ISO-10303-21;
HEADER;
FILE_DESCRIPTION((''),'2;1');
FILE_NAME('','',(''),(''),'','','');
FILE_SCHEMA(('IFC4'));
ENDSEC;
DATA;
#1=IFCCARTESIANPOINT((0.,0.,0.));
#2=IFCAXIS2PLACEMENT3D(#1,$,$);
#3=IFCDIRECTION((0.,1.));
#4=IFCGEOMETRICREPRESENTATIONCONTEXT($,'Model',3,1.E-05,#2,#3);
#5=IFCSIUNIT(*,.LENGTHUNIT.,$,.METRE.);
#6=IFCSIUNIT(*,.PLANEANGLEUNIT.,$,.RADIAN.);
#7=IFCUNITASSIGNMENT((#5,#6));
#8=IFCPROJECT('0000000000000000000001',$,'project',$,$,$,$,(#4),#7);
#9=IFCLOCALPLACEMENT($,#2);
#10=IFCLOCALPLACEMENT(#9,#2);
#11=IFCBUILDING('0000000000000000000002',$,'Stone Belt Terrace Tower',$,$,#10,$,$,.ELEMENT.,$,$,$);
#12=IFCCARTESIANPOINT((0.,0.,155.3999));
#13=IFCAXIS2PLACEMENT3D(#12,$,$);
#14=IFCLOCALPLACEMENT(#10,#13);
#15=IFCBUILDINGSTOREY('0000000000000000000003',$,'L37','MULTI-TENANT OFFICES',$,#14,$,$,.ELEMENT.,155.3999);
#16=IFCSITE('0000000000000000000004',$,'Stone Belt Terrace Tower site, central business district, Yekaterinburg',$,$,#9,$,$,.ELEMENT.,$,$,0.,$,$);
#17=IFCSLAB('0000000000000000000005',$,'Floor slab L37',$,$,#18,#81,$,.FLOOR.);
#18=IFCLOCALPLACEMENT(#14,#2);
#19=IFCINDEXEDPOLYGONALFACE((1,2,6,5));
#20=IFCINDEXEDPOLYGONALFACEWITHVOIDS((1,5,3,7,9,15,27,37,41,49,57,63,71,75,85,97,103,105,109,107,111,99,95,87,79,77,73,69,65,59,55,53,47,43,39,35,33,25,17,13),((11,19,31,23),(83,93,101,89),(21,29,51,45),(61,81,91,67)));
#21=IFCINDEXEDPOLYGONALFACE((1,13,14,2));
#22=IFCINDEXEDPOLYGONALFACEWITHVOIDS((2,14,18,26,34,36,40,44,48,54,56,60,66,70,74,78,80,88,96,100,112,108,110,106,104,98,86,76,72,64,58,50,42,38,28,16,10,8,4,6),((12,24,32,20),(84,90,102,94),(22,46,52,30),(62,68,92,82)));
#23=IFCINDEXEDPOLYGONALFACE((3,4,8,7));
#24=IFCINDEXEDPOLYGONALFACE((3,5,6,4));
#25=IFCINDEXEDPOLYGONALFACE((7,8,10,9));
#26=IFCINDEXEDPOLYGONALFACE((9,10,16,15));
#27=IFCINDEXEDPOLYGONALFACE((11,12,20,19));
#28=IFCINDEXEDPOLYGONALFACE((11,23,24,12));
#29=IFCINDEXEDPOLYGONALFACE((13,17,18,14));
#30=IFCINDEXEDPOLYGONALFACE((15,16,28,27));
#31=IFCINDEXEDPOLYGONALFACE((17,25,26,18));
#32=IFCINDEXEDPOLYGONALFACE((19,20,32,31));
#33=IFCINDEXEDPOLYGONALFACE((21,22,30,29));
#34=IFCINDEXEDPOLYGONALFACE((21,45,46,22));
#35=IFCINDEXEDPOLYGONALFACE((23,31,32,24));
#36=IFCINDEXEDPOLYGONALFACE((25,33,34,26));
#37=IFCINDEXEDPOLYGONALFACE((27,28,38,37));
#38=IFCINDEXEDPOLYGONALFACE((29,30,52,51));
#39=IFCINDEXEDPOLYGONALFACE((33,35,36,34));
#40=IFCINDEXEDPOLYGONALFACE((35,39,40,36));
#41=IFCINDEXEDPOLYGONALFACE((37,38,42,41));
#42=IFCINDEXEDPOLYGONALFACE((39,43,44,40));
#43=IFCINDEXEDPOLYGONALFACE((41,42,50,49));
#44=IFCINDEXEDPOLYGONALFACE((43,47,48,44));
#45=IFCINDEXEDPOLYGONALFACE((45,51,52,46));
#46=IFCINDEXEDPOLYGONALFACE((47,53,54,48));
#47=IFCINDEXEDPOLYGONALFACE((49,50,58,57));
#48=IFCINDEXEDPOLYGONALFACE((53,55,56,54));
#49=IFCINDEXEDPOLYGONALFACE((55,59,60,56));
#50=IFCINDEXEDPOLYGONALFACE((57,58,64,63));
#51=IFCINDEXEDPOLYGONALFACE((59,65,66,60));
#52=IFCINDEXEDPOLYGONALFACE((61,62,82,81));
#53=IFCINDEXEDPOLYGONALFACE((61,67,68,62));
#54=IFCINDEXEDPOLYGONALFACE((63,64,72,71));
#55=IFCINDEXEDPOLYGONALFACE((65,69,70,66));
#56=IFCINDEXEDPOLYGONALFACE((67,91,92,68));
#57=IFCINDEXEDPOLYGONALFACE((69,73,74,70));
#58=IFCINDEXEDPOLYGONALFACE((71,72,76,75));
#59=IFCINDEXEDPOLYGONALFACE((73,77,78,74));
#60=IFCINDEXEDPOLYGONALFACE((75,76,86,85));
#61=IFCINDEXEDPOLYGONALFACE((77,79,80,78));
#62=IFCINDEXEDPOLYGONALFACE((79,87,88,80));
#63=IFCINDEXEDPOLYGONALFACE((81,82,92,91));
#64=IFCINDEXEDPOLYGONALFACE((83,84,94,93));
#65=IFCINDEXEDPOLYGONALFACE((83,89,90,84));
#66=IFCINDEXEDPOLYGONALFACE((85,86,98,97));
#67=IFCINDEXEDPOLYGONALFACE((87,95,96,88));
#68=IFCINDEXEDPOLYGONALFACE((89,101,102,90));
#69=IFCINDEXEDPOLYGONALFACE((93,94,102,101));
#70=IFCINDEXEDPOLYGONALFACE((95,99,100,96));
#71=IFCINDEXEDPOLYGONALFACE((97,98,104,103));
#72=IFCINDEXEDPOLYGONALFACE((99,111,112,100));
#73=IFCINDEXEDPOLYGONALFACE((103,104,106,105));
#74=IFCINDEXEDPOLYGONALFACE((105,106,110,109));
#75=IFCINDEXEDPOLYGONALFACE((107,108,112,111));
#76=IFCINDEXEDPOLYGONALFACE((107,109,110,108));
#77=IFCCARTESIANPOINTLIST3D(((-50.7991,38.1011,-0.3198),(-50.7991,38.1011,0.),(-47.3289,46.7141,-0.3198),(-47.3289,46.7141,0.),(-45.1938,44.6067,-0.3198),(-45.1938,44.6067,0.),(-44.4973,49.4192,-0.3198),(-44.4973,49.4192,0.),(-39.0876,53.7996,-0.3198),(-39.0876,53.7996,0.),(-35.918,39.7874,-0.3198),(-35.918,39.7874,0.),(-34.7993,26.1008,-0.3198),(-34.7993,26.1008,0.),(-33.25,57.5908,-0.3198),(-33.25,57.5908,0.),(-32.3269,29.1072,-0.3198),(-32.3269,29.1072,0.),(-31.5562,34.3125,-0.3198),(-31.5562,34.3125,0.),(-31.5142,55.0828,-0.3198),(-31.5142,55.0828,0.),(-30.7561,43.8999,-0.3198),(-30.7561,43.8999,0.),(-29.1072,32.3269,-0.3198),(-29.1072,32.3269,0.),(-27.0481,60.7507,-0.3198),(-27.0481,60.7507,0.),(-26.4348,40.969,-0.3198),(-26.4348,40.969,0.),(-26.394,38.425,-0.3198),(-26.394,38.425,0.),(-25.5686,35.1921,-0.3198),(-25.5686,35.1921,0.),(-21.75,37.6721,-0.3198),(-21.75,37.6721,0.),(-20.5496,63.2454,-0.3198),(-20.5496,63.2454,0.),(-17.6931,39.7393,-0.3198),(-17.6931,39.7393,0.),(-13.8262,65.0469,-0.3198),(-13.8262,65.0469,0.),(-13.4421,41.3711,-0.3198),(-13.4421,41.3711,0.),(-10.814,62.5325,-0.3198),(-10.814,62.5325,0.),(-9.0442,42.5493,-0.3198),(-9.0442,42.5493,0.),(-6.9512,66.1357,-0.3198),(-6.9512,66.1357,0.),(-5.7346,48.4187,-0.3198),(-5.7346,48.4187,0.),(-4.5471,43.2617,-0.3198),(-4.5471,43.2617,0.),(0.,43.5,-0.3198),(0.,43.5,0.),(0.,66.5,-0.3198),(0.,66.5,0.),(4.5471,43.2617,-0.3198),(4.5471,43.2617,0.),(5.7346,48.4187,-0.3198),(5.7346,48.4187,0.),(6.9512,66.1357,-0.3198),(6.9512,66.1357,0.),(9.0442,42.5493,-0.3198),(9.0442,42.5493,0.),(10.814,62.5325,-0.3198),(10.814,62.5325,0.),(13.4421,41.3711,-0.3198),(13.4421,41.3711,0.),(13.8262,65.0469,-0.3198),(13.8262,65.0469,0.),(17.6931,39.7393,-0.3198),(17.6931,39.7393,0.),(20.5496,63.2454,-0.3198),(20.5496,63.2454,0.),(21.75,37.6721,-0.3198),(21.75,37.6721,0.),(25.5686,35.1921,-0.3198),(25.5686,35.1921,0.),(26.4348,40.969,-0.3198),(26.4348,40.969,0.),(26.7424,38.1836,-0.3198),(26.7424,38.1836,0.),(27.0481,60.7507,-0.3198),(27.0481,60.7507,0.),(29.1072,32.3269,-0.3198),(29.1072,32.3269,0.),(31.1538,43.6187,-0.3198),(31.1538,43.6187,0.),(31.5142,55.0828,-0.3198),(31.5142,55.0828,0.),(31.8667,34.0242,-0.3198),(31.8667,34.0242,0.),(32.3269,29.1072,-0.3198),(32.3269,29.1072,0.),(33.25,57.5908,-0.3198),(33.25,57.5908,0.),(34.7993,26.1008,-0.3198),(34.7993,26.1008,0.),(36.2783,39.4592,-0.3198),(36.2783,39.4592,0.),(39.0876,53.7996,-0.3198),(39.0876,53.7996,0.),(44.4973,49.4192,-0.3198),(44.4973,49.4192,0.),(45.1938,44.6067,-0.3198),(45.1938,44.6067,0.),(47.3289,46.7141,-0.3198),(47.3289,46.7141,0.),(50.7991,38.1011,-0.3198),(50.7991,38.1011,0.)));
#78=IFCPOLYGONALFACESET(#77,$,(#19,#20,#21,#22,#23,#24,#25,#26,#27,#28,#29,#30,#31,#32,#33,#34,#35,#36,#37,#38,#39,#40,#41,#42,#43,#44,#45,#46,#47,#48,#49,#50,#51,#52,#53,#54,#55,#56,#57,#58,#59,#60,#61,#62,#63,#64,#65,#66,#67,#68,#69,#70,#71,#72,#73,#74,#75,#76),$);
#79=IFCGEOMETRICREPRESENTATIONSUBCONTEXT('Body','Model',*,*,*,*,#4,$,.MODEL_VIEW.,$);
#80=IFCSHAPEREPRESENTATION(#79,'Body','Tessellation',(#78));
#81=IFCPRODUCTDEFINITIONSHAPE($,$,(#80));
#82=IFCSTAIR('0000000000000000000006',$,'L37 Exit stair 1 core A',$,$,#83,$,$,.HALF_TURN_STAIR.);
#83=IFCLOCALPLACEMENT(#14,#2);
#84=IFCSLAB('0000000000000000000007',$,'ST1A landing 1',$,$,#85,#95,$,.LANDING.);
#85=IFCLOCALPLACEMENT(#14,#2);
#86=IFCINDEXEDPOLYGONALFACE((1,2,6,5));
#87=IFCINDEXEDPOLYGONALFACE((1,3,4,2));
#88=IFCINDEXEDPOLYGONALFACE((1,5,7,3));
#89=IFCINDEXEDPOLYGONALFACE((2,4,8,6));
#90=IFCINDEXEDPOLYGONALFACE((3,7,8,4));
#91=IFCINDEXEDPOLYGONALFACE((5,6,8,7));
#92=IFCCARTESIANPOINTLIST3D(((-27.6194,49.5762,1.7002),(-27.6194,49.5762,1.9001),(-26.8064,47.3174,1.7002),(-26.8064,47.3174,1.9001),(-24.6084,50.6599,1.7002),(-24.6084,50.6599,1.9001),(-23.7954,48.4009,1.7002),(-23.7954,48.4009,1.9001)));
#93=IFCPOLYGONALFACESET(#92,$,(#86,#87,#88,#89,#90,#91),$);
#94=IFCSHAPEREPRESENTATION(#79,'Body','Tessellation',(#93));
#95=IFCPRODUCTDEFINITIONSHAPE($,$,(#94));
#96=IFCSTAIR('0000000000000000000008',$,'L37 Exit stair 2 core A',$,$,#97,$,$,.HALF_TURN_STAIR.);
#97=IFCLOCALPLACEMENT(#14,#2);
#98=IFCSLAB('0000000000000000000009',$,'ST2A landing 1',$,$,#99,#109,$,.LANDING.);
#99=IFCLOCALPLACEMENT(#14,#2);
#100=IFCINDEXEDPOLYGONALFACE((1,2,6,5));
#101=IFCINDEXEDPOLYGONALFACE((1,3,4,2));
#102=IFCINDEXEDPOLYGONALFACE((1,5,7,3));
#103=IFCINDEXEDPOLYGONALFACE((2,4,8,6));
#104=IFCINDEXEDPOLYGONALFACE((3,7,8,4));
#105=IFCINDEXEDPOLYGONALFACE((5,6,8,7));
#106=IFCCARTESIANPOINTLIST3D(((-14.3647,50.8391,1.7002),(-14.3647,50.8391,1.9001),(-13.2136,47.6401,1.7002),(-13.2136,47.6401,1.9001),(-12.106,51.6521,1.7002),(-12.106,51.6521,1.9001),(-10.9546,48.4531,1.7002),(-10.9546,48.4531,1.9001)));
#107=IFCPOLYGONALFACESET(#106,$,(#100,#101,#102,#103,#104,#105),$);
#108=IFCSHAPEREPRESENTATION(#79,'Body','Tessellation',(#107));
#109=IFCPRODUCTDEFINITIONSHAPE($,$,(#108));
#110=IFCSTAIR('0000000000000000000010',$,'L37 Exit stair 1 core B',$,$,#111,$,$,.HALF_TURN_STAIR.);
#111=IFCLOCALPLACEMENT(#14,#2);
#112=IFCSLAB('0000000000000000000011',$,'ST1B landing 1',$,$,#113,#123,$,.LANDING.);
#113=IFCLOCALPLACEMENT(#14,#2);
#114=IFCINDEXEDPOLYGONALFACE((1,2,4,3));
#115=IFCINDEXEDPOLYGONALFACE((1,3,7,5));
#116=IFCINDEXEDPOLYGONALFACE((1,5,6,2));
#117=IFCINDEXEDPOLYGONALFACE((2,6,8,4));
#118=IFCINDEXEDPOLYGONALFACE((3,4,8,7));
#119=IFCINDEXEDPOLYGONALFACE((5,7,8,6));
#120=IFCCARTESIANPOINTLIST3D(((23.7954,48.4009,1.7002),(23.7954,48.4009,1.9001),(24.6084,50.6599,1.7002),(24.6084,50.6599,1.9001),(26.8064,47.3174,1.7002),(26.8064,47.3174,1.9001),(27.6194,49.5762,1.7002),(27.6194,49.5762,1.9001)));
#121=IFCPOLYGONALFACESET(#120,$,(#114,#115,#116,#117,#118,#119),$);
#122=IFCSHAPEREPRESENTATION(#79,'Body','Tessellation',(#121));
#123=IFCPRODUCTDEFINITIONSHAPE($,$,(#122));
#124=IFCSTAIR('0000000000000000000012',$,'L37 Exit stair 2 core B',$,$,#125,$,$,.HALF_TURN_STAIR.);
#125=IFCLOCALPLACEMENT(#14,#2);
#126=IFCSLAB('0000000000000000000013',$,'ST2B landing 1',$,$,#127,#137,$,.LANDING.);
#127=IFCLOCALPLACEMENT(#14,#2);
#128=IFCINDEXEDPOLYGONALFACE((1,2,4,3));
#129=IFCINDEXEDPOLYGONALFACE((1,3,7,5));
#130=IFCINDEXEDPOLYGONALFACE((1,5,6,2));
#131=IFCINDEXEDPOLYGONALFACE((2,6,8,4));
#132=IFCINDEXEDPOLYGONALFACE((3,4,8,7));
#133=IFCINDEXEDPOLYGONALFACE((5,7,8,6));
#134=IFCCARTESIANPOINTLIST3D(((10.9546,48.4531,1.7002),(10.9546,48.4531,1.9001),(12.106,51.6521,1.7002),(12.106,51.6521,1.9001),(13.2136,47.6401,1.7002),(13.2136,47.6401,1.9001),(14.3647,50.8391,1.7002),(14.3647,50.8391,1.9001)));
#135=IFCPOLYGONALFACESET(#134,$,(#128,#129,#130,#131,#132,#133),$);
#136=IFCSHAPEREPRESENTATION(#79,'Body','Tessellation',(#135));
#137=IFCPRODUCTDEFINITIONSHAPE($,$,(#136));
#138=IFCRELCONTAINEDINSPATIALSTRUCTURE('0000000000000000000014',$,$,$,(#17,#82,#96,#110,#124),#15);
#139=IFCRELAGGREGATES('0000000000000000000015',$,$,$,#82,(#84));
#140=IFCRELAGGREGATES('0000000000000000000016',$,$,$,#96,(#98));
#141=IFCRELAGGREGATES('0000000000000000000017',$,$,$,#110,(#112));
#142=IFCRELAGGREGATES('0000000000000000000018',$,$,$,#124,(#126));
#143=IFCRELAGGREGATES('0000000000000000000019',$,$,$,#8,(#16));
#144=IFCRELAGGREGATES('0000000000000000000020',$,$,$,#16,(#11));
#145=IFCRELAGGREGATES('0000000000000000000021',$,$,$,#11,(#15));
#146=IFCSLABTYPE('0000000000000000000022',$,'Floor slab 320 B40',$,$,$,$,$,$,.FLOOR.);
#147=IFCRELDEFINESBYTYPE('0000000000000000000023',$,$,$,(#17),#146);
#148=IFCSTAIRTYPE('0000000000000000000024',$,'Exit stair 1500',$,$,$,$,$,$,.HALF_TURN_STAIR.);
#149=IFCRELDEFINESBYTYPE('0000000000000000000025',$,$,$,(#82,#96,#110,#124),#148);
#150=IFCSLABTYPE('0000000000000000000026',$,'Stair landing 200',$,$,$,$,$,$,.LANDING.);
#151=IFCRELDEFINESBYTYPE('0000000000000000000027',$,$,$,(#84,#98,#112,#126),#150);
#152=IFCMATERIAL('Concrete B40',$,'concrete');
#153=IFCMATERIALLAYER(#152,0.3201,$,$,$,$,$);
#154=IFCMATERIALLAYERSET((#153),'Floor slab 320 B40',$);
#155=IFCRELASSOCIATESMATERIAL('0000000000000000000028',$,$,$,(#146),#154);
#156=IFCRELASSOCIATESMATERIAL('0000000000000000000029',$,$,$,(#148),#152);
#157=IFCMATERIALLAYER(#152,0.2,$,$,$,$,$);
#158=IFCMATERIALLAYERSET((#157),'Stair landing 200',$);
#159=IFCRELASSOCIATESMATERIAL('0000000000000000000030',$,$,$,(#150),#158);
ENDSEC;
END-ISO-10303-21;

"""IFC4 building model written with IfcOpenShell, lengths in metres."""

from ifc_helpers import new_model, si_unit, direction, frame, origin, place, context, subcontext, project, spatial, polyline, outline, extrude, material, layer, layer_set, type_object, element, aggregate, save


model = new_model("IFC4")

# Units and contexts
model_context = context("Model", 3, precision=1e-05, world=origin(), true_north=direction((0.0, 1.0)))
body_context = subcontext(model_context, "Body", "Model", "MODEL_VIEW")
ifc_project = project(units=[si_unit("LENGTHUNIT", "METRE"), si_unit("PLANEANGLEUNIT", "RADIAN")], contexts=[model_context])

# Site, building, storey
site_placement = place(None, origin())
site = spatial("IfcSite", under=ifc_project, at=site_placement, Name="Stone Belt Terrace Tower site, central business district, Yekaterinburg", CompositionType="ELEMENT", RefElevation=0.0)
building_placement = place(site_placement, origin())
building = spatial("IfcBuilding", under=site, at=building_placement, Name="Stone Belt Terrace Tower", CompositionType="ELEMENT")
storey_placement = place(building_placement, frame((0.0, 0.0, 155.3999)))
storey = spatial("IfcBuildingStorey", under=building, at=storey_placement, Name="L37", Description="MULTI-TENANT OFFICES", CompositionType="ELEMENT", Elevation=155.3999)

# Slab
ifc_material_1 = material(Name="Concrete B40", Category="concrete")
ifc_layer_1 = layer(ifc_material_1, 0.3201)
ifc_layer_set_1 = layer_set([ifc_layer_1], Name="Floor slab 320 B40")
slab_type_1 = type_object("IfcSlabType", Name="Floor slab 320 B40", PredefinedType="FLOOR", material=ifc_layer_set_1)
slab_1_placement = place(storey_placement, frame((0.0, 0.0, -0.3198)))
element("IfcSlab", 1, at=slab_1_placement, inside=storey, type_object=slab_type_1, Name="Floor slab L37", PredefinedType="FLOOR", context=body_context, shape_type="SweptSolid", body=[
    extrude(outline(polyline([(-44.4973, 49.4192), (-39.0876, 53.7996), (-33.25, 57.5908), (-27.0481, 60.7507), (-20.5496, 63.2454), (-13.8262, 65.0469), (-6.9512, 66.1357), (0.0, 66.5), (6.9512, 66.1357), (13.8262, 65.0469), (20.5496, 63.2454), (27.0481, 60.7507), (33.25, 57.5908), (39.0876, 53.7996), (44.4973, 49.4192), (47.3289, 46.7141), (45.1938, 44.6067), (50.7991, 38.1011), (34.7993, 26.1008), (32.3269, 29.1072), (29.1072, 32.3269), (25.5686, 35.1921), (21.75, 37.6721), (17.6931, 39.7393), (13.4421, 41.3711), (9.0442, 42.5493), (4.5471, 43.2617), (0.0, 43.5), (-4.5471, 43.2617), (-9.0442, 42.5493), (-13.4421, 41.3711), (-17.6931, 39.7393), (-21.75, 37.6721), (-25.5686, 35.1921), (-29.1072, 32.3269), (-32.3269, 29.1072), (-34.7993, 26.1008), (-50.7991, 38.1011), (-45.1938, 44.6067), (-47.3289, 46.7141), (-44.4973, 49.4192)]), holes=[polyline([(-26.4348, 40.969), (-5.7346, 48.4187), (-10.814, 62.5325), (-31.5142, 55.0828), (-26.4348, 40.969)]), polyline([(10.814, 62.5325), (5.7346, 48.4187), (26.4348, 40.969), (31.5142, 55.0828), (10.814, 62.5325)]), polyline([(-35.918, 39.7874), (-31.5562, 34.3125), (-26.394, 38.425), (-30.7561, 43.8999), (-35.918, 39.7874)]), polyline([(36.2783, 39.4592), (31.1538, 43.6187), (26.7424, 38.1836), (31.8667, 34.0242), (36.2783, 39.4592)])]), origin(), (0.0, 0.0, 1.0), 0.3198),
])

# Stairs, slabs
stair_type = type_object("IfcStairType", Name="Exit stair 1500", PredefinedType="HALF_TURN_STAIR", material=ifc_material_1)
stair_1_placement = place(storey_placement, origin())
stair_1 = element("IfcStair", 2, at=stair_1_placement, inside=storey, type_object=stair_type, Name="L37 Exit stair 1 core A", PredefinedType="HALF_TURN_STAIR")
ifc_layer_2 = layer(ifc_material_1, 0.2)
ifc_layer_set_2 = layer_set([ifc_layer_2], Name="Stair landing 200")
slab_type_2 = type_object("IfcSlabType", Name="Stair landing 200", PredefinedType="LANDING", material=ifc_layer_set_2)
slab_2_placement = place(storey_placement, frame((0.0, 0.0, 1.7002)))
slab_2 = element("IfcSlab", 3, at=slab_2_placement, type_object=slab_type_2, Name="ST1A landing 1", PredefinedType="LANDING", context=body_context, shape_type="SweptSolid", body=[
    extrude(outline(polyline([(-23.7954, 48.4009), (-24.6084, 50.6599), (-27.6194, 49.5762), (-26.8064, 47.3174), (-23.7954, 48.4009)])), origin(), (0.0, 0.0, 1.0), 0.2),
])
aggregate(stair_1, [slab_2])
stair_2_placement = place(storey_placement, origin())
stair_2 = element("IfcStair", 4, at=stair_2_placement, inside=storey, type_object=stair_type, Name="L37 Exit stair 2 core A", PredefinedType="HALF_TURN_STAIR")
slab_3_placement = place(storey_placement, frame((0.0, 0.0, 1.7002)))
slab_3 = element("IfcSlab", 5, at=slab_3_placement, type_object=slab_type_2, Name="ST2A landing 1", PredefinedType="LANDING", context=body_context, shape_type="SweptSolid", body=[
    extrude(outline(polyline([(-13.2136, 47.6401), (-10.9546, 48.4531), (-12.106, 51.6521), (-14.3647, 50.8391), (-13.2136, 47.6401)])), origin(), (0.0, 0.0, 1.0), 0.2),
])
aggregate(stair_2, [slab_3])
stair_3_placement = place(storey_placement, origin())
stair_3 = element("IfcStair", 6, at=stair_3_placement, inside=storey, type_object=stair_type, Name="L37 Exit stair 1 core B", PredefinedType="HALF_TURN_STAIR")
slab_4_placement = place(storey_placement, frame((0.0, 0.0, 1.7002)))
slab_4 = element("IfcSlab", 7, at=slab_4_placement, type_object=slab_type_2, Name="ST1B landing 1", PredefinedType="LANDING", context=body_context, shape_type="SweptSolid", body=[
    extrude(outline(polyline([(26.8064, 47.3174), (27.6194, 49.5762), (24.6084, 50.6599), (23.7954, 48.4009), (26.8064, 47.3174)])), origin(), (0.0, 0.0, 1.0), 0.2),
])
aggregate(stair_3, [slab_4])
stair_4_placement = place(storey_placement, origin())
stair_4 = element("IfcStair", 8, at=stair_4_placement, inside=storey, type_object=stair_type, Name="L37 Exit stair 2 core B", PredefinedType="HALF_TURN_STAIR")
slab_5_placement = place(storey_placement, frame((0.0, 0.0, 1.7002)))
slab_5 = element("IfcSlab", 9, at=slab_5_placement, type_object=slab_type_2, Name="ST2B landing 1", PredefinedType="LANDING", context=body_context, shape_type="SweptSolid", body=[
    extrude(outline(polyline([(14.3647, 50.8391), (12.106, 51.6521), (10.9546, 48.4531), (13.2136, 47.6401), (14.3647, 50.8391)])), origin(), (0.0, 0.0, 1.0), 0.2),
])
aggregate(stair_4, [slab_5])

save(model, "model.ifc")
